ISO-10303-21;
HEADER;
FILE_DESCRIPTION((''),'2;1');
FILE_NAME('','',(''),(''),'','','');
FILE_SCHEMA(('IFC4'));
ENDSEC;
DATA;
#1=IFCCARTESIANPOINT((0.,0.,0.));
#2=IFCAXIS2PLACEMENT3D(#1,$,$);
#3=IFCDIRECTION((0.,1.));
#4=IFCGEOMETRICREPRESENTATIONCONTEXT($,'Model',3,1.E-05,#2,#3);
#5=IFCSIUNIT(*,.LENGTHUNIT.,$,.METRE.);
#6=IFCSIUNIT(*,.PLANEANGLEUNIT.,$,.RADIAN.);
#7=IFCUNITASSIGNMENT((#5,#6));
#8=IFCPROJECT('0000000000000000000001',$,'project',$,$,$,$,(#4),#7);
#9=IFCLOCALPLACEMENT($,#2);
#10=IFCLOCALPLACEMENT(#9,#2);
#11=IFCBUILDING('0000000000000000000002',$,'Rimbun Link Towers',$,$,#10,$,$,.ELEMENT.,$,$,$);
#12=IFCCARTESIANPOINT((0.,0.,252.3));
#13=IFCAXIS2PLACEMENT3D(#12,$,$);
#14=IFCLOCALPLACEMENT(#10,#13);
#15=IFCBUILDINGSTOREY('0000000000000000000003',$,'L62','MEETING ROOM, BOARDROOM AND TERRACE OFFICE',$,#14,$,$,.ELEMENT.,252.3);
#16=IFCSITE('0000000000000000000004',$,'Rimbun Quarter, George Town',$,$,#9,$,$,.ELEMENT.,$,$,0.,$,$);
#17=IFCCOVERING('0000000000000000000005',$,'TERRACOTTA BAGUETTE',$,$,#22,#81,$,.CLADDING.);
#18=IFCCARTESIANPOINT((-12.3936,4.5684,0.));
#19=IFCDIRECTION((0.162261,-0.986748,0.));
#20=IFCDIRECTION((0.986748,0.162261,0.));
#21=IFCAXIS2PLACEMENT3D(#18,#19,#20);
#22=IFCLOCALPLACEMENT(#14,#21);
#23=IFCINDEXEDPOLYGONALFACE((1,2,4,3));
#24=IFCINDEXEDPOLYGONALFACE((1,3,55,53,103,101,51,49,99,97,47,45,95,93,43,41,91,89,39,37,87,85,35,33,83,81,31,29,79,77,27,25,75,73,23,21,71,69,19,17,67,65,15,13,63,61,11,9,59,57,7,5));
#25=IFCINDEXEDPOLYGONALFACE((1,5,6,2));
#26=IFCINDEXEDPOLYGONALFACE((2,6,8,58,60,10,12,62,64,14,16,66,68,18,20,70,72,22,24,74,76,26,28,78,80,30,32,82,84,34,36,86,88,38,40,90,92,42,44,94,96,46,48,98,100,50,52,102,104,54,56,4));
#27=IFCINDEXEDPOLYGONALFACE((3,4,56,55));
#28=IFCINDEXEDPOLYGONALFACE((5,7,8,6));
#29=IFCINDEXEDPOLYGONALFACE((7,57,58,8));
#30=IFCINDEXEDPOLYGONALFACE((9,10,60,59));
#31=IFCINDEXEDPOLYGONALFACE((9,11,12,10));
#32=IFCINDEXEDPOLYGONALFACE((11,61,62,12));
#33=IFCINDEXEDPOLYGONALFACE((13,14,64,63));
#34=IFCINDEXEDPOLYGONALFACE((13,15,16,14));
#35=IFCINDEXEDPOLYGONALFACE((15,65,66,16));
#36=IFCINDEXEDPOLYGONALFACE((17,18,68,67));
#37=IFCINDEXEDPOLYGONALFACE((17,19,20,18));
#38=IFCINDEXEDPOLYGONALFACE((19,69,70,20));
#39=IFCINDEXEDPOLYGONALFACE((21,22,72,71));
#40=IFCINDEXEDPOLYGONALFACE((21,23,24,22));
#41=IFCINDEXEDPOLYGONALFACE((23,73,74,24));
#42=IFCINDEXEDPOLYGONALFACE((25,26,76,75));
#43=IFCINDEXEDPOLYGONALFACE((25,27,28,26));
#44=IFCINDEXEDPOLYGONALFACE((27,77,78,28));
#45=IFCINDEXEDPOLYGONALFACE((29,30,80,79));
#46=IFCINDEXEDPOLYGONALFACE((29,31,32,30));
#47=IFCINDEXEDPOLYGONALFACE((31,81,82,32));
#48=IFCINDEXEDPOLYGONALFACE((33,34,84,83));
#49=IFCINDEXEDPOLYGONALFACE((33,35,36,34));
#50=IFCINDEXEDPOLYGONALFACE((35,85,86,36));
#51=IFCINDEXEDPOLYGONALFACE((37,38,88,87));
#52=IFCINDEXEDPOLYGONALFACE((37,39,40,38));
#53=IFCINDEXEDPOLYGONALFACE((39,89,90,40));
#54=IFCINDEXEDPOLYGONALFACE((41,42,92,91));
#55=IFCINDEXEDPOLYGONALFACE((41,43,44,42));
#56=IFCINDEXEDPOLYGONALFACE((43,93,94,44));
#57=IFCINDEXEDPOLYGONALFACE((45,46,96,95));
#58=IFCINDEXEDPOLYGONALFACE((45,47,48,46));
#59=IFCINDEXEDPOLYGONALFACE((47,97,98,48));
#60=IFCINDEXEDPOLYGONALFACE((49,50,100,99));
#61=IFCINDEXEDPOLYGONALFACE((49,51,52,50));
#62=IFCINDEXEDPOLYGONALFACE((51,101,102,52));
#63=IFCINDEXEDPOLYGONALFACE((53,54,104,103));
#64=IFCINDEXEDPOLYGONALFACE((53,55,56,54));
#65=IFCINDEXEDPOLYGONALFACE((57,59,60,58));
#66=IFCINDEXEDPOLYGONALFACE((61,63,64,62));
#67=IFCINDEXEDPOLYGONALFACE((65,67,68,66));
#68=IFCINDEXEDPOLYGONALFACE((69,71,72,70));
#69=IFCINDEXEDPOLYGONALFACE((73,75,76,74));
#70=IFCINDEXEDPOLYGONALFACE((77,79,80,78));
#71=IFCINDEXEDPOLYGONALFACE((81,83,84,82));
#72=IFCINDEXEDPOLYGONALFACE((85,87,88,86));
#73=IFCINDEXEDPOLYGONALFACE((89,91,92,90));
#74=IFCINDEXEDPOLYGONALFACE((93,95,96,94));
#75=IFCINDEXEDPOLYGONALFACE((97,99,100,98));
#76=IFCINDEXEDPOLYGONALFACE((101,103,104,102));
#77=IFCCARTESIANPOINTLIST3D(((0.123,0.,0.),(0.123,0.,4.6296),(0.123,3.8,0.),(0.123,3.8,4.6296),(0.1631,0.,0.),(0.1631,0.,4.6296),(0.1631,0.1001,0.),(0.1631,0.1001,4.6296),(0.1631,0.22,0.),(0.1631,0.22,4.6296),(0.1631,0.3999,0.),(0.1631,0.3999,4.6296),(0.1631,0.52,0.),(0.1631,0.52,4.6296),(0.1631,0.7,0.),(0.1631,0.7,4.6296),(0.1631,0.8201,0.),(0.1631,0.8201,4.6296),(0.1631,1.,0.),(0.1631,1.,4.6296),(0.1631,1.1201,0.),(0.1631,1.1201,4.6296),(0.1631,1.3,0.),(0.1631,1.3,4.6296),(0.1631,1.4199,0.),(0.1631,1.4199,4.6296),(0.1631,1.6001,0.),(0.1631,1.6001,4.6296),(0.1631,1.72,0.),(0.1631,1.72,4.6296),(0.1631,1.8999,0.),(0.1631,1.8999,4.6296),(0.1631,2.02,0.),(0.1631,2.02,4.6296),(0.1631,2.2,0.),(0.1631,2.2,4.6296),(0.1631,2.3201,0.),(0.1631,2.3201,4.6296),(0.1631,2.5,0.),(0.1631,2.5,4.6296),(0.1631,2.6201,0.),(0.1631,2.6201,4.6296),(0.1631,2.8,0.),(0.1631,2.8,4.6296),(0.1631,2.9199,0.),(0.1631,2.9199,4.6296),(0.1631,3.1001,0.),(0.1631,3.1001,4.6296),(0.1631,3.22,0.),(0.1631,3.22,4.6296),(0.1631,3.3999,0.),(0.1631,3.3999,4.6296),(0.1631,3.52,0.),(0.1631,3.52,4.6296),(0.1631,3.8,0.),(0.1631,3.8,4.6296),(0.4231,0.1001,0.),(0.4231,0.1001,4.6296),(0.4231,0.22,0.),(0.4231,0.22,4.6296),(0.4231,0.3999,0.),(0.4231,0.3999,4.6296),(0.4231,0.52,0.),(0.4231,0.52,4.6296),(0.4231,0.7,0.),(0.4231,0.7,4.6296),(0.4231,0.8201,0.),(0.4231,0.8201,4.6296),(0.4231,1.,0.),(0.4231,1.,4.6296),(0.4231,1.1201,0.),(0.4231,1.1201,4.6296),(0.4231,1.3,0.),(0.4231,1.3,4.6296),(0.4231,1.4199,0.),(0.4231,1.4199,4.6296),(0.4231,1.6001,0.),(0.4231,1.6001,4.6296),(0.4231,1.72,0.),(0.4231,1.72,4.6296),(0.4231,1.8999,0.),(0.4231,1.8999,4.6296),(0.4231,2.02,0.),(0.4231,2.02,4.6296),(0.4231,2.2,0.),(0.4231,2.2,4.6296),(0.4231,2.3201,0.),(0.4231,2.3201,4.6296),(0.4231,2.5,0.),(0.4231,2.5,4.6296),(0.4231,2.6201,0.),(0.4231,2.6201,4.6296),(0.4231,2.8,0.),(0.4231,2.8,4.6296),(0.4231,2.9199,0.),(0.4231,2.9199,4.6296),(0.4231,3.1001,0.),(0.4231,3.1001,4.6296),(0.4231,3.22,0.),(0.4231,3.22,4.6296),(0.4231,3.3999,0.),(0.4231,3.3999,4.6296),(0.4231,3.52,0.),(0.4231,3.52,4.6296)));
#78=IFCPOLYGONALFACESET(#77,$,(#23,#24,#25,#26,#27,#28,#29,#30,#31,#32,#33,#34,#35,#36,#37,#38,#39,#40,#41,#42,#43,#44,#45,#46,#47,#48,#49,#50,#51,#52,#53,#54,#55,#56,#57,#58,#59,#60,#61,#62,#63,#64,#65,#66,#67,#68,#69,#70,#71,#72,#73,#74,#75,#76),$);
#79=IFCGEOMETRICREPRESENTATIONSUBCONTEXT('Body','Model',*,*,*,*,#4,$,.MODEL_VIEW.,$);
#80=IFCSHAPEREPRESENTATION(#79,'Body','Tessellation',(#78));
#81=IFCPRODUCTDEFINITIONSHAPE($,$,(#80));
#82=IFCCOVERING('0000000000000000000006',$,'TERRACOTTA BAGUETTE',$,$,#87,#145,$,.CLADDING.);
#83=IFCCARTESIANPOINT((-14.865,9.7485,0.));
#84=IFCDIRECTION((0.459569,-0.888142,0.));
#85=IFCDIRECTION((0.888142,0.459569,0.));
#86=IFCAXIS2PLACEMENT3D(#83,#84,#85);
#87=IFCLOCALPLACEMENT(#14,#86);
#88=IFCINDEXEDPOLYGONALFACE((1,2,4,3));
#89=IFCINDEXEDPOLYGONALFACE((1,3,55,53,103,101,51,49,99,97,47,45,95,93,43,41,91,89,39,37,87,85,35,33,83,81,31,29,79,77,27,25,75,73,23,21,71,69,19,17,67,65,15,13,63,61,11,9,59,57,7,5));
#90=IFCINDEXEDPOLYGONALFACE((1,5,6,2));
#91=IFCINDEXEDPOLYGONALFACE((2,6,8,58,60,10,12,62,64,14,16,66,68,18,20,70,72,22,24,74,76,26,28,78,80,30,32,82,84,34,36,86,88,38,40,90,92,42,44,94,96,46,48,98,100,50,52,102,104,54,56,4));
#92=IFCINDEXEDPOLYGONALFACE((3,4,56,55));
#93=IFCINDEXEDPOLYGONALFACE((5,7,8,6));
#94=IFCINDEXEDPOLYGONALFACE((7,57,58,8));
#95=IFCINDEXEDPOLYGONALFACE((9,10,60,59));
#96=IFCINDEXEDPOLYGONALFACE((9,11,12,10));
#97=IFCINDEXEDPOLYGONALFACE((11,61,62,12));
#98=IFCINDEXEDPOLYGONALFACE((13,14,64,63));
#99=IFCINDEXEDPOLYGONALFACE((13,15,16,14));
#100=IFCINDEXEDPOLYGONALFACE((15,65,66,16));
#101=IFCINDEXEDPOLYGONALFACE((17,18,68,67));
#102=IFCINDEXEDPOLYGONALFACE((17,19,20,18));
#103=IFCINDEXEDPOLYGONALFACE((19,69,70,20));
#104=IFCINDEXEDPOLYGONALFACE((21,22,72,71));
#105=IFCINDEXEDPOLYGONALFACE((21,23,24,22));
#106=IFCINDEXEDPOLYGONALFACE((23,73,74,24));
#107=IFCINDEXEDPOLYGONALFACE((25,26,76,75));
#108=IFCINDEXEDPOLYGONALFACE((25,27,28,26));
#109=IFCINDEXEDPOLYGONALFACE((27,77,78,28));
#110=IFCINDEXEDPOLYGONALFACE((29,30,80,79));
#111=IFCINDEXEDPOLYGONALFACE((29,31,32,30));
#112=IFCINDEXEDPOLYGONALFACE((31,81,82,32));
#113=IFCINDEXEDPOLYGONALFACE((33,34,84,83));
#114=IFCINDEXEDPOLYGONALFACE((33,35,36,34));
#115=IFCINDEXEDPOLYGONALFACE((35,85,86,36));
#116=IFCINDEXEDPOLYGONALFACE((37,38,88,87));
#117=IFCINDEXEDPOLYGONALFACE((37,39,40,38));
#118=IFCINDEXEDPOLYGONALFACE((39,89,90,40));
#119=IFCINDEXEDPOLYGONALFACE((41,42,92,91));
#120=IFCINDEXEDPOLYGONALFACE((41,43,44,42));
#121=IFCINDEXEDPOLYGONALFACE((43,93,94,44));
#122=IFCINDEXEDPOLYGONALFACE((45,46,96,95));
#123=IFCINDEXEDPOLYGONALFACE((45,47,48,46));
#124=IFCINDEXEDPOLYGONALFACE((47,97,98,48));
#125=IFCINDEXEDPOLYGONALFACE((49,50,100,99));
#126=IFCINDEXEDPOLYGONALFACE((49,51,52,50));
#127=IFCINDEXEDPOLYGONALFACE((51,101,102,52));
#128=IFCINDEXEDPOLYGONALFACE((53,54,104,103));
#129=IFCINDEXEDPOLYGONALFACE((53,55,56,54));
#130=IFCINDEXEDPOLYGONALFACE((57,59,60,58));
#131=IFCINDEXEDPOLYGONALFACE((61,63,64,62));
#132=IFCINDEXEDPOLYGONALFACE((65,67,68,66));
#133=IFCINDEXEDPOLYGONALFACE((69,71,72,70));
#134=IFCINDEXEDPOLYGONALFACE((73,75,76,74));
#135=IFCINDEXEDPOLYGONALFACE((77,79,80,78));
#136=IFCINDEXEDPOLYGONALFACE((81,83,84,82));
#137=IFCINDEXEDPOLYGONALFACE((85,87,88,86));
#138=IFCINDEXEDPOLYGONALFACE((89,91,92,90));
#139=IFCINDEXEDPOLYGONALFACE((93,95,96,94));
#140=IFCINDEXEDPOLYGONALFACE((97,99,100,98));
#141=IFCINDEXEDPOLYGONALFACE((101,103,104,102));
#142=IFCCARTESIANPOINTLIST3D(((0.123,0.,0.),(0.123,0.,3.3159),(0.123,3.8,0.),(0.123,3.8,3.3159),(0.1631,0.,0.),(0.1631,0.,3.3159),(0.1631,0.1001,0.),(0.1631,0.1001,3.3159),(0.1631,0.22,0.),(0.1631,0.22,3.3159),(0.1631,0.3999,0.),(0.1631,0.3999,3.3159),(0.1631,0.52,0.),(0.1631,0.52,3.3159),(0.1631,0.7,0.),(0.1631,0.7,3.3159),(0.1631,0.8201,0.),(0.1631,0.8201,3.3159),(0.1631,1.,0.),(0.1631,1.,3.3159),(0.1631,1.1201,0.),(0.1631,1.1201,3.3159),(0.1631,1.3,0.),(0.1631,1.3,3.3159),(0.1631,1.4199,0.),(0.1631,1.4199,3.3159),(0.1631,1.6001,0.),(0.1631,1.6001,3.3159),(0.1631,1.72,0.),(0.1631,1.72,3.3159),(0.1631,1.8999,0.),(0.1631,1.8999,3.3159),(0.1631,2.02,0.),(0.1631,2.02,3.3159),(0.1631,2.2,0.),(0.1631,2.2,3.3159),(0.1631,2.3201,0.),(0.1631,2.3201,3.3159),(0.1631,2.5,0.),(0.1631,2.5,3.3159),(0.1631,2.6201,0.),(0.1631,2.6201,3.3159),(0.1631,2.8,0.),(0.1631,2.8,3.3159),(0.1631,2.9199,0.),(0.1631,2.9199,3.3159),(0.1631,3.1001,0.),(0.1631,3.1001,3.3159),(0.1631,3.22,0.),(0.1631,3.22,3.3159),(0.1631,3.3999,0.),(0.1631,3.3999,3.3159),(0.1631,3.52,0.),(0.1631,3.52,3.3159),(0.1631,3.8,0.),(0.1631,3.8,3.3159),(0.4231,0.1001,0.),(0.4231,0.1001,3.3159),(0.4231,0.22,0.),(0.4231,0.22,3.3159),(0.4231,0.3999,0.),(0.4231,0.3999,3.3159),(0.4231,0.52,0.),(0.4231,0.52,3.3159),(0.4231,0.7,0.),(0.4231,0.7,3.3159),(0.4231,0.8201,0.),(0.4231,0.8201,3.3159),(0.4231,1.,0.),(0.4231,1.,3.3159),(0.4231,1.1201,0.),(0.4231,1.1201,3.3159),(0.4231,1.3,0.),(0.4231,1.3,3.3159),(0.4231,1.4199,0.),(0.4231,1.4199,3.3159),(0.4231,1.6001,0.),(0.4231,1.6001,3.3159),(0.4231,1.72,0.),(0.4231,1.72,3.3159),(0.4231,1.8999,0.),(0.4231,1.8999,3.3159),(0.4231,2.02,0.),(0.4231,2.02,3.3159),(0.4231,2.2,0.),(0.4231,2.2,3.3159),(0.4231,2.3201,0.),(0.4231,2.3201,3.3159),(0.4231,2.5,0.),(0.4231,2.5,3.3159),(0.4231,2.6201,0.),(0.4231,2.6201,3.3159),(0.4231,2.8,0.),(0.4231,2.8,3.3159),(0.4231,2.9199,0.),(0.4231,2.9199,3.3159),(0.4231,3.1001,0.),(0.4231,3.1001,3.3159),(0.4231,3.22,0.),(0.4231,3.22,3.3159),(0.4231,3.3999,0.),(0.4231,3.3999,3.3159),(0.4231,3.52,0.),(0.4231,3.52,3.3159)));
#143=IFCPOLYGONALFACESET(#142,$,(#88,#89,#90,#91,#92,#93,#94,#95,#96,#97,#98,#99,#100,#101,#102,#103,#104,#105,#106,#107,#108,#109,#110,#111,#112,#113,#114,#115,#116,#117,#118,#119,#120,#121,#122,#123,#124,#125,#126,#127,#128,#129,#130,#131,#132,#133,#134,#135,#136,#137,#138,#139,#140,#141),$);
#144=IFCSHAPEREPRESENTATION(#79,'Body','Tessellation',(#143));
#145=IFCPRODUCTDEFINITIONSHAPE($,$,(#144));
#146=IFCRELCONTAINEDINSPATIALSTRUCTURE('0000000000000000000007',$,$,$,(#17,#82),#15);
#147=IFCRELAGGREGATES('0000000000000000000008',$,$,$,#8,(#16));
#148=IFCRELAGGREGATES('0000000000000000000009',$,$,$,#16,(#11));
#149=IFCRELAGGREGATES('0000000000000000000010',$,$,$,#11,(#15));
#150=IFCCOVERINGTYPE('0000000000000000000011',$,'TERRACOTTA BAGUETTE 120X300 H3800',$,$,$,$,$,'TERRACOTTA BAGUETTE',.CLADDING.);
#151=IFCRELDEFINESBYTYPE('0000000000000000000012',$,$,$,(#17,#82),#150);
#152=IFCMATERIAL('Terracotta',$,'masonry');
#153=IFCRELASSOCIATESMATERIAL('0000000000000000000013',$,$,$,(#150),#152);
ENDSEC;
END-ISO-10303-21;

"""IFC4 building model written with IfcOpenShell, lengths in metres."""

from ifc_helpers import new_model, si_unit, direction, frame, origin, place, context, subcontext, project, spatial, polyline, outline, extrude, material, material_profile, profile_set, type_object, element, save


model = new_model("IFC4")

# Units and contexts
model_context = context("Model", 3, precision=1e-05, world=origin(), true_north=direction((0.0, 1.0)))
body_context = subcontext(model_context, "Body", "Model", "MODEL_VIEW")
ifc_project = project(units=[si_unit("LENGTHUNIT", "METRE"), si_unit("PLANEANGLEUNIT", "RADIAN")], contexts=[model_context])

# Site, building, storey
site_placement = place(None, origin())
site = spatial("IfcSite", under=ifc_project, at=site_placement, Name="Rimbun Quarter, George Town", CompositionType="ELEMENT", RefElevation=0.0)
building_placement = place(site_placement, origin())
building = spatial("IfcBuilding", under=site, at=building_placement, Name="Rimbun Link Towers", CompositionType="ELEMENT")
storey_placement = place(building_placement, frame((0.0, 0.0, 252.3)))
storey = spatial("IfcBuildingStorey", under=building, at=storey_placement, Name="L62", Description="MEETING ROOM, BOARDROOM AND TERRACE OFFICE", CompositionType="ELEMENT", Elevation=252.3)

# Coverings
ifc_material_1 = material(Name="Terracotta", Category="masonry")
ifc_material_profile_1 = material_profile(ifc_material_1, outline(polyline([(0.123, 0.0), (0.1631, 0.0), (0.1631, 0.1001), (0.4231, 0.1001), (0.4231, 0.22), (0.1631, 0.22), (0.1631, 0.3999), (0.4231, 0.3999), (0.4231, 0.52), (0.1631, 0.52), (0.1631, 0.7), (0.4231, 0.7), (0.4231, 0.8201), (0.1631, 0.8201), (0.1631, 1.0), (0.4231, 1.0), (0.4231, 1.1201), (0.1631, 1.1201), (0.1631, 1.3), (0.4231, 1.3), (0.4231, 1.4199), (0.1631, 1.4199), (0.1631, 1.6001), (0.4231, 1.6001), (0.4231, 1.72), (0.1631, 1.72), (0.1631, 1.8999), (0.4231, 1.8999), (0.4231, 2.02), (0.1631, 2.02), (0.1631, 2.2), (0.4231, 2.2), (0.4231, 2.3201), (0.1631, 2.3201), (0.1631, 2.5), (0.4231, 2.5), (0.4231, 2.6201), (0.1631, 2.6201), (0.1631, 2.8), (0.4231, 2.8), (0.4231, 2.9199), (0.1631, 2.9199), (0.1631, 3.1001), (0.4231, 3.1001), (0.4231, 3.22), (0.1631, 3.22), (0.1631, 3.3999), (0.4231, 3.3999), (0.4231, 3.52), (0.1631, 3.52), (0.1631, 3.8), (0.123, 3.8), (0.123, 0.0)])), Name="BAGUETTE 120X300")
ifc_profile_set_1 = profile_set([ifc_material_profile_1], Name="Terracotta")
covering_type_1 = type_object("IfcCoveringType", Name="TERRACOTTA BAGUETTE 120X300 H3800", ElementType="TERRACOTTA BAGUETTE", PredefinedType="CLADDING", material=ifc_profile_set_1)
covering_1_placement = place(storey_placement, frame((-12.3936, 4.5684, 0.0), z_axis=(0.162261, -0.986748, 0.0), x_axis=(0.986748, 0.162261, 0.0)))
element("IfcCovering", 1, at=covering_1_placement, inside=storey, type_object=covering_type_1, Name="TERRACOTTA BAGUETTE", PredefinedType="CLADDING", context=body_context, shape_type="SweptSolid", body=[
    extrude(outline(polyline([(0.123, 0.0), (0.1631, 0.0), (0.1631, 0.1001), (0.4231, 0.1001), (0.4231, 0.22), (0.1631, 0.22), (0.1631, 0.3999), (0.4231, 0.3999), (0.4231, 0.52), (0.1631, 0.52), (0.1631, 0.7), (0.4231, 0.7), (0.4231, 0.8201), (0.1631, 0.8201), (0.1631, 1.0), (0.4231, 1.0), (0.4231, 1.1201), (0.1631, 1.1201), (0.1631, 1.3), (0.4231, 1.3), (0.4231, 1.4199), (0.1631, 1.4199), (0.1631, 1.6001), (0.4231, 1.6001), (0.4231, 1.72), (0.1631, 1.72), (0.1631, 1.8999), (0.4231, 1.8999), (0.4231, 2.02), (0.1631, 2.02), (0.1631, 2.2), (0.4231, 2.2), (0.4231, 2.3201), (0.1631, 2.3201), (0.1631, 2.5), (0.4231, 2.5), (0.4231, 2.6201), (0.1631, 2.6201), (0.1631, 2.8), (0.4231, 2.8), (0.4231, 2.9199), (0.1631, 2.9199), (0.1631, 3.1001), (0.4231, 3.1001), (0.4231, 3.22), (0.1631, 3.22), (0.1631, 3.3999), (0.4231, 3.3999), (0.4231, 3.52), (0.1631, 3.52), (0.1631, 3.8), (0.123, 3.8), (0.123, 0.0)])), origin(), (0.0, 0.0, 1.0), 4.6296),
])
covering_2_placement = place(storey_placement, frame((-14.865, 9.7485, 0.0), z_axis=(0.459569, -0.888142, 0.0), x_axis=(0.888142, 0.459569, 0.0)))
element("IfcCovering", 2, at=covering_2_placement, inside=storey, type_object=covering_type_1, Name="TERRACOTTA BAGUETTE", PredefinedType="CLADDING", context=body_context, shape_type="SweptSolid", body=[
    extrude(outline(polyline([(0.123, 0.0), (0.1631, 0.0), (0.1631, 0.1001), (0.4231, 0.1001), (0.4231, 0.22), (0.1631, 0.22), (0.1631, 0.3999), (0.4231, 0.3999), (0.4231, 0.52), (0.1631, 0.52), (0.1631, 0.7), (0.4231, 0.7), (0.4231, 0.8201), (0.1631, 0.8201), (0.1631, 1.0), (0.4231, 1.0), (0.4231, 1.1201), (0.1631, 1.1201), (0.1631, 1.3), (0.4231, 1.3), (0.4231, 1.4199), (0.1631, 1.4199), (0.1631, 1.6001), (0.4231, 1.6001), (0.4231, 1.72), (0.1631, 1.72), (0.1631, 1.8999), (0.4231, 1.8999), (0.4231, 2.02), (0.1631, 2.02), (0.1631, 2.2), (0.4231, 2.2), (0.4231, 2.3201), (0.1631, 2.3201), (0.1631, 2.5), (0.4231, 2.5), (0.4231, 2.6201), (0.1631, 2.6201), (0.1631, 2.8), (0.4231, 2.8), (0.4231, 2.9199), (0.1631, 2.9199), (0.1631, 3.1001), (0.4231, 3.1001), (0.4231, 3.22), (0.1631, 3.22), (0.1631, 3.3999), (0.4231, 3.3999), (0.4231, 3.52), (0.1631, 3.52), (0.1631, 3.8), (0.123, 3.8), (0.123, 0.0)])), origin(), (0.0, 0.0, 1.0), 3.3159),
])

save(model, "model.ifc")
